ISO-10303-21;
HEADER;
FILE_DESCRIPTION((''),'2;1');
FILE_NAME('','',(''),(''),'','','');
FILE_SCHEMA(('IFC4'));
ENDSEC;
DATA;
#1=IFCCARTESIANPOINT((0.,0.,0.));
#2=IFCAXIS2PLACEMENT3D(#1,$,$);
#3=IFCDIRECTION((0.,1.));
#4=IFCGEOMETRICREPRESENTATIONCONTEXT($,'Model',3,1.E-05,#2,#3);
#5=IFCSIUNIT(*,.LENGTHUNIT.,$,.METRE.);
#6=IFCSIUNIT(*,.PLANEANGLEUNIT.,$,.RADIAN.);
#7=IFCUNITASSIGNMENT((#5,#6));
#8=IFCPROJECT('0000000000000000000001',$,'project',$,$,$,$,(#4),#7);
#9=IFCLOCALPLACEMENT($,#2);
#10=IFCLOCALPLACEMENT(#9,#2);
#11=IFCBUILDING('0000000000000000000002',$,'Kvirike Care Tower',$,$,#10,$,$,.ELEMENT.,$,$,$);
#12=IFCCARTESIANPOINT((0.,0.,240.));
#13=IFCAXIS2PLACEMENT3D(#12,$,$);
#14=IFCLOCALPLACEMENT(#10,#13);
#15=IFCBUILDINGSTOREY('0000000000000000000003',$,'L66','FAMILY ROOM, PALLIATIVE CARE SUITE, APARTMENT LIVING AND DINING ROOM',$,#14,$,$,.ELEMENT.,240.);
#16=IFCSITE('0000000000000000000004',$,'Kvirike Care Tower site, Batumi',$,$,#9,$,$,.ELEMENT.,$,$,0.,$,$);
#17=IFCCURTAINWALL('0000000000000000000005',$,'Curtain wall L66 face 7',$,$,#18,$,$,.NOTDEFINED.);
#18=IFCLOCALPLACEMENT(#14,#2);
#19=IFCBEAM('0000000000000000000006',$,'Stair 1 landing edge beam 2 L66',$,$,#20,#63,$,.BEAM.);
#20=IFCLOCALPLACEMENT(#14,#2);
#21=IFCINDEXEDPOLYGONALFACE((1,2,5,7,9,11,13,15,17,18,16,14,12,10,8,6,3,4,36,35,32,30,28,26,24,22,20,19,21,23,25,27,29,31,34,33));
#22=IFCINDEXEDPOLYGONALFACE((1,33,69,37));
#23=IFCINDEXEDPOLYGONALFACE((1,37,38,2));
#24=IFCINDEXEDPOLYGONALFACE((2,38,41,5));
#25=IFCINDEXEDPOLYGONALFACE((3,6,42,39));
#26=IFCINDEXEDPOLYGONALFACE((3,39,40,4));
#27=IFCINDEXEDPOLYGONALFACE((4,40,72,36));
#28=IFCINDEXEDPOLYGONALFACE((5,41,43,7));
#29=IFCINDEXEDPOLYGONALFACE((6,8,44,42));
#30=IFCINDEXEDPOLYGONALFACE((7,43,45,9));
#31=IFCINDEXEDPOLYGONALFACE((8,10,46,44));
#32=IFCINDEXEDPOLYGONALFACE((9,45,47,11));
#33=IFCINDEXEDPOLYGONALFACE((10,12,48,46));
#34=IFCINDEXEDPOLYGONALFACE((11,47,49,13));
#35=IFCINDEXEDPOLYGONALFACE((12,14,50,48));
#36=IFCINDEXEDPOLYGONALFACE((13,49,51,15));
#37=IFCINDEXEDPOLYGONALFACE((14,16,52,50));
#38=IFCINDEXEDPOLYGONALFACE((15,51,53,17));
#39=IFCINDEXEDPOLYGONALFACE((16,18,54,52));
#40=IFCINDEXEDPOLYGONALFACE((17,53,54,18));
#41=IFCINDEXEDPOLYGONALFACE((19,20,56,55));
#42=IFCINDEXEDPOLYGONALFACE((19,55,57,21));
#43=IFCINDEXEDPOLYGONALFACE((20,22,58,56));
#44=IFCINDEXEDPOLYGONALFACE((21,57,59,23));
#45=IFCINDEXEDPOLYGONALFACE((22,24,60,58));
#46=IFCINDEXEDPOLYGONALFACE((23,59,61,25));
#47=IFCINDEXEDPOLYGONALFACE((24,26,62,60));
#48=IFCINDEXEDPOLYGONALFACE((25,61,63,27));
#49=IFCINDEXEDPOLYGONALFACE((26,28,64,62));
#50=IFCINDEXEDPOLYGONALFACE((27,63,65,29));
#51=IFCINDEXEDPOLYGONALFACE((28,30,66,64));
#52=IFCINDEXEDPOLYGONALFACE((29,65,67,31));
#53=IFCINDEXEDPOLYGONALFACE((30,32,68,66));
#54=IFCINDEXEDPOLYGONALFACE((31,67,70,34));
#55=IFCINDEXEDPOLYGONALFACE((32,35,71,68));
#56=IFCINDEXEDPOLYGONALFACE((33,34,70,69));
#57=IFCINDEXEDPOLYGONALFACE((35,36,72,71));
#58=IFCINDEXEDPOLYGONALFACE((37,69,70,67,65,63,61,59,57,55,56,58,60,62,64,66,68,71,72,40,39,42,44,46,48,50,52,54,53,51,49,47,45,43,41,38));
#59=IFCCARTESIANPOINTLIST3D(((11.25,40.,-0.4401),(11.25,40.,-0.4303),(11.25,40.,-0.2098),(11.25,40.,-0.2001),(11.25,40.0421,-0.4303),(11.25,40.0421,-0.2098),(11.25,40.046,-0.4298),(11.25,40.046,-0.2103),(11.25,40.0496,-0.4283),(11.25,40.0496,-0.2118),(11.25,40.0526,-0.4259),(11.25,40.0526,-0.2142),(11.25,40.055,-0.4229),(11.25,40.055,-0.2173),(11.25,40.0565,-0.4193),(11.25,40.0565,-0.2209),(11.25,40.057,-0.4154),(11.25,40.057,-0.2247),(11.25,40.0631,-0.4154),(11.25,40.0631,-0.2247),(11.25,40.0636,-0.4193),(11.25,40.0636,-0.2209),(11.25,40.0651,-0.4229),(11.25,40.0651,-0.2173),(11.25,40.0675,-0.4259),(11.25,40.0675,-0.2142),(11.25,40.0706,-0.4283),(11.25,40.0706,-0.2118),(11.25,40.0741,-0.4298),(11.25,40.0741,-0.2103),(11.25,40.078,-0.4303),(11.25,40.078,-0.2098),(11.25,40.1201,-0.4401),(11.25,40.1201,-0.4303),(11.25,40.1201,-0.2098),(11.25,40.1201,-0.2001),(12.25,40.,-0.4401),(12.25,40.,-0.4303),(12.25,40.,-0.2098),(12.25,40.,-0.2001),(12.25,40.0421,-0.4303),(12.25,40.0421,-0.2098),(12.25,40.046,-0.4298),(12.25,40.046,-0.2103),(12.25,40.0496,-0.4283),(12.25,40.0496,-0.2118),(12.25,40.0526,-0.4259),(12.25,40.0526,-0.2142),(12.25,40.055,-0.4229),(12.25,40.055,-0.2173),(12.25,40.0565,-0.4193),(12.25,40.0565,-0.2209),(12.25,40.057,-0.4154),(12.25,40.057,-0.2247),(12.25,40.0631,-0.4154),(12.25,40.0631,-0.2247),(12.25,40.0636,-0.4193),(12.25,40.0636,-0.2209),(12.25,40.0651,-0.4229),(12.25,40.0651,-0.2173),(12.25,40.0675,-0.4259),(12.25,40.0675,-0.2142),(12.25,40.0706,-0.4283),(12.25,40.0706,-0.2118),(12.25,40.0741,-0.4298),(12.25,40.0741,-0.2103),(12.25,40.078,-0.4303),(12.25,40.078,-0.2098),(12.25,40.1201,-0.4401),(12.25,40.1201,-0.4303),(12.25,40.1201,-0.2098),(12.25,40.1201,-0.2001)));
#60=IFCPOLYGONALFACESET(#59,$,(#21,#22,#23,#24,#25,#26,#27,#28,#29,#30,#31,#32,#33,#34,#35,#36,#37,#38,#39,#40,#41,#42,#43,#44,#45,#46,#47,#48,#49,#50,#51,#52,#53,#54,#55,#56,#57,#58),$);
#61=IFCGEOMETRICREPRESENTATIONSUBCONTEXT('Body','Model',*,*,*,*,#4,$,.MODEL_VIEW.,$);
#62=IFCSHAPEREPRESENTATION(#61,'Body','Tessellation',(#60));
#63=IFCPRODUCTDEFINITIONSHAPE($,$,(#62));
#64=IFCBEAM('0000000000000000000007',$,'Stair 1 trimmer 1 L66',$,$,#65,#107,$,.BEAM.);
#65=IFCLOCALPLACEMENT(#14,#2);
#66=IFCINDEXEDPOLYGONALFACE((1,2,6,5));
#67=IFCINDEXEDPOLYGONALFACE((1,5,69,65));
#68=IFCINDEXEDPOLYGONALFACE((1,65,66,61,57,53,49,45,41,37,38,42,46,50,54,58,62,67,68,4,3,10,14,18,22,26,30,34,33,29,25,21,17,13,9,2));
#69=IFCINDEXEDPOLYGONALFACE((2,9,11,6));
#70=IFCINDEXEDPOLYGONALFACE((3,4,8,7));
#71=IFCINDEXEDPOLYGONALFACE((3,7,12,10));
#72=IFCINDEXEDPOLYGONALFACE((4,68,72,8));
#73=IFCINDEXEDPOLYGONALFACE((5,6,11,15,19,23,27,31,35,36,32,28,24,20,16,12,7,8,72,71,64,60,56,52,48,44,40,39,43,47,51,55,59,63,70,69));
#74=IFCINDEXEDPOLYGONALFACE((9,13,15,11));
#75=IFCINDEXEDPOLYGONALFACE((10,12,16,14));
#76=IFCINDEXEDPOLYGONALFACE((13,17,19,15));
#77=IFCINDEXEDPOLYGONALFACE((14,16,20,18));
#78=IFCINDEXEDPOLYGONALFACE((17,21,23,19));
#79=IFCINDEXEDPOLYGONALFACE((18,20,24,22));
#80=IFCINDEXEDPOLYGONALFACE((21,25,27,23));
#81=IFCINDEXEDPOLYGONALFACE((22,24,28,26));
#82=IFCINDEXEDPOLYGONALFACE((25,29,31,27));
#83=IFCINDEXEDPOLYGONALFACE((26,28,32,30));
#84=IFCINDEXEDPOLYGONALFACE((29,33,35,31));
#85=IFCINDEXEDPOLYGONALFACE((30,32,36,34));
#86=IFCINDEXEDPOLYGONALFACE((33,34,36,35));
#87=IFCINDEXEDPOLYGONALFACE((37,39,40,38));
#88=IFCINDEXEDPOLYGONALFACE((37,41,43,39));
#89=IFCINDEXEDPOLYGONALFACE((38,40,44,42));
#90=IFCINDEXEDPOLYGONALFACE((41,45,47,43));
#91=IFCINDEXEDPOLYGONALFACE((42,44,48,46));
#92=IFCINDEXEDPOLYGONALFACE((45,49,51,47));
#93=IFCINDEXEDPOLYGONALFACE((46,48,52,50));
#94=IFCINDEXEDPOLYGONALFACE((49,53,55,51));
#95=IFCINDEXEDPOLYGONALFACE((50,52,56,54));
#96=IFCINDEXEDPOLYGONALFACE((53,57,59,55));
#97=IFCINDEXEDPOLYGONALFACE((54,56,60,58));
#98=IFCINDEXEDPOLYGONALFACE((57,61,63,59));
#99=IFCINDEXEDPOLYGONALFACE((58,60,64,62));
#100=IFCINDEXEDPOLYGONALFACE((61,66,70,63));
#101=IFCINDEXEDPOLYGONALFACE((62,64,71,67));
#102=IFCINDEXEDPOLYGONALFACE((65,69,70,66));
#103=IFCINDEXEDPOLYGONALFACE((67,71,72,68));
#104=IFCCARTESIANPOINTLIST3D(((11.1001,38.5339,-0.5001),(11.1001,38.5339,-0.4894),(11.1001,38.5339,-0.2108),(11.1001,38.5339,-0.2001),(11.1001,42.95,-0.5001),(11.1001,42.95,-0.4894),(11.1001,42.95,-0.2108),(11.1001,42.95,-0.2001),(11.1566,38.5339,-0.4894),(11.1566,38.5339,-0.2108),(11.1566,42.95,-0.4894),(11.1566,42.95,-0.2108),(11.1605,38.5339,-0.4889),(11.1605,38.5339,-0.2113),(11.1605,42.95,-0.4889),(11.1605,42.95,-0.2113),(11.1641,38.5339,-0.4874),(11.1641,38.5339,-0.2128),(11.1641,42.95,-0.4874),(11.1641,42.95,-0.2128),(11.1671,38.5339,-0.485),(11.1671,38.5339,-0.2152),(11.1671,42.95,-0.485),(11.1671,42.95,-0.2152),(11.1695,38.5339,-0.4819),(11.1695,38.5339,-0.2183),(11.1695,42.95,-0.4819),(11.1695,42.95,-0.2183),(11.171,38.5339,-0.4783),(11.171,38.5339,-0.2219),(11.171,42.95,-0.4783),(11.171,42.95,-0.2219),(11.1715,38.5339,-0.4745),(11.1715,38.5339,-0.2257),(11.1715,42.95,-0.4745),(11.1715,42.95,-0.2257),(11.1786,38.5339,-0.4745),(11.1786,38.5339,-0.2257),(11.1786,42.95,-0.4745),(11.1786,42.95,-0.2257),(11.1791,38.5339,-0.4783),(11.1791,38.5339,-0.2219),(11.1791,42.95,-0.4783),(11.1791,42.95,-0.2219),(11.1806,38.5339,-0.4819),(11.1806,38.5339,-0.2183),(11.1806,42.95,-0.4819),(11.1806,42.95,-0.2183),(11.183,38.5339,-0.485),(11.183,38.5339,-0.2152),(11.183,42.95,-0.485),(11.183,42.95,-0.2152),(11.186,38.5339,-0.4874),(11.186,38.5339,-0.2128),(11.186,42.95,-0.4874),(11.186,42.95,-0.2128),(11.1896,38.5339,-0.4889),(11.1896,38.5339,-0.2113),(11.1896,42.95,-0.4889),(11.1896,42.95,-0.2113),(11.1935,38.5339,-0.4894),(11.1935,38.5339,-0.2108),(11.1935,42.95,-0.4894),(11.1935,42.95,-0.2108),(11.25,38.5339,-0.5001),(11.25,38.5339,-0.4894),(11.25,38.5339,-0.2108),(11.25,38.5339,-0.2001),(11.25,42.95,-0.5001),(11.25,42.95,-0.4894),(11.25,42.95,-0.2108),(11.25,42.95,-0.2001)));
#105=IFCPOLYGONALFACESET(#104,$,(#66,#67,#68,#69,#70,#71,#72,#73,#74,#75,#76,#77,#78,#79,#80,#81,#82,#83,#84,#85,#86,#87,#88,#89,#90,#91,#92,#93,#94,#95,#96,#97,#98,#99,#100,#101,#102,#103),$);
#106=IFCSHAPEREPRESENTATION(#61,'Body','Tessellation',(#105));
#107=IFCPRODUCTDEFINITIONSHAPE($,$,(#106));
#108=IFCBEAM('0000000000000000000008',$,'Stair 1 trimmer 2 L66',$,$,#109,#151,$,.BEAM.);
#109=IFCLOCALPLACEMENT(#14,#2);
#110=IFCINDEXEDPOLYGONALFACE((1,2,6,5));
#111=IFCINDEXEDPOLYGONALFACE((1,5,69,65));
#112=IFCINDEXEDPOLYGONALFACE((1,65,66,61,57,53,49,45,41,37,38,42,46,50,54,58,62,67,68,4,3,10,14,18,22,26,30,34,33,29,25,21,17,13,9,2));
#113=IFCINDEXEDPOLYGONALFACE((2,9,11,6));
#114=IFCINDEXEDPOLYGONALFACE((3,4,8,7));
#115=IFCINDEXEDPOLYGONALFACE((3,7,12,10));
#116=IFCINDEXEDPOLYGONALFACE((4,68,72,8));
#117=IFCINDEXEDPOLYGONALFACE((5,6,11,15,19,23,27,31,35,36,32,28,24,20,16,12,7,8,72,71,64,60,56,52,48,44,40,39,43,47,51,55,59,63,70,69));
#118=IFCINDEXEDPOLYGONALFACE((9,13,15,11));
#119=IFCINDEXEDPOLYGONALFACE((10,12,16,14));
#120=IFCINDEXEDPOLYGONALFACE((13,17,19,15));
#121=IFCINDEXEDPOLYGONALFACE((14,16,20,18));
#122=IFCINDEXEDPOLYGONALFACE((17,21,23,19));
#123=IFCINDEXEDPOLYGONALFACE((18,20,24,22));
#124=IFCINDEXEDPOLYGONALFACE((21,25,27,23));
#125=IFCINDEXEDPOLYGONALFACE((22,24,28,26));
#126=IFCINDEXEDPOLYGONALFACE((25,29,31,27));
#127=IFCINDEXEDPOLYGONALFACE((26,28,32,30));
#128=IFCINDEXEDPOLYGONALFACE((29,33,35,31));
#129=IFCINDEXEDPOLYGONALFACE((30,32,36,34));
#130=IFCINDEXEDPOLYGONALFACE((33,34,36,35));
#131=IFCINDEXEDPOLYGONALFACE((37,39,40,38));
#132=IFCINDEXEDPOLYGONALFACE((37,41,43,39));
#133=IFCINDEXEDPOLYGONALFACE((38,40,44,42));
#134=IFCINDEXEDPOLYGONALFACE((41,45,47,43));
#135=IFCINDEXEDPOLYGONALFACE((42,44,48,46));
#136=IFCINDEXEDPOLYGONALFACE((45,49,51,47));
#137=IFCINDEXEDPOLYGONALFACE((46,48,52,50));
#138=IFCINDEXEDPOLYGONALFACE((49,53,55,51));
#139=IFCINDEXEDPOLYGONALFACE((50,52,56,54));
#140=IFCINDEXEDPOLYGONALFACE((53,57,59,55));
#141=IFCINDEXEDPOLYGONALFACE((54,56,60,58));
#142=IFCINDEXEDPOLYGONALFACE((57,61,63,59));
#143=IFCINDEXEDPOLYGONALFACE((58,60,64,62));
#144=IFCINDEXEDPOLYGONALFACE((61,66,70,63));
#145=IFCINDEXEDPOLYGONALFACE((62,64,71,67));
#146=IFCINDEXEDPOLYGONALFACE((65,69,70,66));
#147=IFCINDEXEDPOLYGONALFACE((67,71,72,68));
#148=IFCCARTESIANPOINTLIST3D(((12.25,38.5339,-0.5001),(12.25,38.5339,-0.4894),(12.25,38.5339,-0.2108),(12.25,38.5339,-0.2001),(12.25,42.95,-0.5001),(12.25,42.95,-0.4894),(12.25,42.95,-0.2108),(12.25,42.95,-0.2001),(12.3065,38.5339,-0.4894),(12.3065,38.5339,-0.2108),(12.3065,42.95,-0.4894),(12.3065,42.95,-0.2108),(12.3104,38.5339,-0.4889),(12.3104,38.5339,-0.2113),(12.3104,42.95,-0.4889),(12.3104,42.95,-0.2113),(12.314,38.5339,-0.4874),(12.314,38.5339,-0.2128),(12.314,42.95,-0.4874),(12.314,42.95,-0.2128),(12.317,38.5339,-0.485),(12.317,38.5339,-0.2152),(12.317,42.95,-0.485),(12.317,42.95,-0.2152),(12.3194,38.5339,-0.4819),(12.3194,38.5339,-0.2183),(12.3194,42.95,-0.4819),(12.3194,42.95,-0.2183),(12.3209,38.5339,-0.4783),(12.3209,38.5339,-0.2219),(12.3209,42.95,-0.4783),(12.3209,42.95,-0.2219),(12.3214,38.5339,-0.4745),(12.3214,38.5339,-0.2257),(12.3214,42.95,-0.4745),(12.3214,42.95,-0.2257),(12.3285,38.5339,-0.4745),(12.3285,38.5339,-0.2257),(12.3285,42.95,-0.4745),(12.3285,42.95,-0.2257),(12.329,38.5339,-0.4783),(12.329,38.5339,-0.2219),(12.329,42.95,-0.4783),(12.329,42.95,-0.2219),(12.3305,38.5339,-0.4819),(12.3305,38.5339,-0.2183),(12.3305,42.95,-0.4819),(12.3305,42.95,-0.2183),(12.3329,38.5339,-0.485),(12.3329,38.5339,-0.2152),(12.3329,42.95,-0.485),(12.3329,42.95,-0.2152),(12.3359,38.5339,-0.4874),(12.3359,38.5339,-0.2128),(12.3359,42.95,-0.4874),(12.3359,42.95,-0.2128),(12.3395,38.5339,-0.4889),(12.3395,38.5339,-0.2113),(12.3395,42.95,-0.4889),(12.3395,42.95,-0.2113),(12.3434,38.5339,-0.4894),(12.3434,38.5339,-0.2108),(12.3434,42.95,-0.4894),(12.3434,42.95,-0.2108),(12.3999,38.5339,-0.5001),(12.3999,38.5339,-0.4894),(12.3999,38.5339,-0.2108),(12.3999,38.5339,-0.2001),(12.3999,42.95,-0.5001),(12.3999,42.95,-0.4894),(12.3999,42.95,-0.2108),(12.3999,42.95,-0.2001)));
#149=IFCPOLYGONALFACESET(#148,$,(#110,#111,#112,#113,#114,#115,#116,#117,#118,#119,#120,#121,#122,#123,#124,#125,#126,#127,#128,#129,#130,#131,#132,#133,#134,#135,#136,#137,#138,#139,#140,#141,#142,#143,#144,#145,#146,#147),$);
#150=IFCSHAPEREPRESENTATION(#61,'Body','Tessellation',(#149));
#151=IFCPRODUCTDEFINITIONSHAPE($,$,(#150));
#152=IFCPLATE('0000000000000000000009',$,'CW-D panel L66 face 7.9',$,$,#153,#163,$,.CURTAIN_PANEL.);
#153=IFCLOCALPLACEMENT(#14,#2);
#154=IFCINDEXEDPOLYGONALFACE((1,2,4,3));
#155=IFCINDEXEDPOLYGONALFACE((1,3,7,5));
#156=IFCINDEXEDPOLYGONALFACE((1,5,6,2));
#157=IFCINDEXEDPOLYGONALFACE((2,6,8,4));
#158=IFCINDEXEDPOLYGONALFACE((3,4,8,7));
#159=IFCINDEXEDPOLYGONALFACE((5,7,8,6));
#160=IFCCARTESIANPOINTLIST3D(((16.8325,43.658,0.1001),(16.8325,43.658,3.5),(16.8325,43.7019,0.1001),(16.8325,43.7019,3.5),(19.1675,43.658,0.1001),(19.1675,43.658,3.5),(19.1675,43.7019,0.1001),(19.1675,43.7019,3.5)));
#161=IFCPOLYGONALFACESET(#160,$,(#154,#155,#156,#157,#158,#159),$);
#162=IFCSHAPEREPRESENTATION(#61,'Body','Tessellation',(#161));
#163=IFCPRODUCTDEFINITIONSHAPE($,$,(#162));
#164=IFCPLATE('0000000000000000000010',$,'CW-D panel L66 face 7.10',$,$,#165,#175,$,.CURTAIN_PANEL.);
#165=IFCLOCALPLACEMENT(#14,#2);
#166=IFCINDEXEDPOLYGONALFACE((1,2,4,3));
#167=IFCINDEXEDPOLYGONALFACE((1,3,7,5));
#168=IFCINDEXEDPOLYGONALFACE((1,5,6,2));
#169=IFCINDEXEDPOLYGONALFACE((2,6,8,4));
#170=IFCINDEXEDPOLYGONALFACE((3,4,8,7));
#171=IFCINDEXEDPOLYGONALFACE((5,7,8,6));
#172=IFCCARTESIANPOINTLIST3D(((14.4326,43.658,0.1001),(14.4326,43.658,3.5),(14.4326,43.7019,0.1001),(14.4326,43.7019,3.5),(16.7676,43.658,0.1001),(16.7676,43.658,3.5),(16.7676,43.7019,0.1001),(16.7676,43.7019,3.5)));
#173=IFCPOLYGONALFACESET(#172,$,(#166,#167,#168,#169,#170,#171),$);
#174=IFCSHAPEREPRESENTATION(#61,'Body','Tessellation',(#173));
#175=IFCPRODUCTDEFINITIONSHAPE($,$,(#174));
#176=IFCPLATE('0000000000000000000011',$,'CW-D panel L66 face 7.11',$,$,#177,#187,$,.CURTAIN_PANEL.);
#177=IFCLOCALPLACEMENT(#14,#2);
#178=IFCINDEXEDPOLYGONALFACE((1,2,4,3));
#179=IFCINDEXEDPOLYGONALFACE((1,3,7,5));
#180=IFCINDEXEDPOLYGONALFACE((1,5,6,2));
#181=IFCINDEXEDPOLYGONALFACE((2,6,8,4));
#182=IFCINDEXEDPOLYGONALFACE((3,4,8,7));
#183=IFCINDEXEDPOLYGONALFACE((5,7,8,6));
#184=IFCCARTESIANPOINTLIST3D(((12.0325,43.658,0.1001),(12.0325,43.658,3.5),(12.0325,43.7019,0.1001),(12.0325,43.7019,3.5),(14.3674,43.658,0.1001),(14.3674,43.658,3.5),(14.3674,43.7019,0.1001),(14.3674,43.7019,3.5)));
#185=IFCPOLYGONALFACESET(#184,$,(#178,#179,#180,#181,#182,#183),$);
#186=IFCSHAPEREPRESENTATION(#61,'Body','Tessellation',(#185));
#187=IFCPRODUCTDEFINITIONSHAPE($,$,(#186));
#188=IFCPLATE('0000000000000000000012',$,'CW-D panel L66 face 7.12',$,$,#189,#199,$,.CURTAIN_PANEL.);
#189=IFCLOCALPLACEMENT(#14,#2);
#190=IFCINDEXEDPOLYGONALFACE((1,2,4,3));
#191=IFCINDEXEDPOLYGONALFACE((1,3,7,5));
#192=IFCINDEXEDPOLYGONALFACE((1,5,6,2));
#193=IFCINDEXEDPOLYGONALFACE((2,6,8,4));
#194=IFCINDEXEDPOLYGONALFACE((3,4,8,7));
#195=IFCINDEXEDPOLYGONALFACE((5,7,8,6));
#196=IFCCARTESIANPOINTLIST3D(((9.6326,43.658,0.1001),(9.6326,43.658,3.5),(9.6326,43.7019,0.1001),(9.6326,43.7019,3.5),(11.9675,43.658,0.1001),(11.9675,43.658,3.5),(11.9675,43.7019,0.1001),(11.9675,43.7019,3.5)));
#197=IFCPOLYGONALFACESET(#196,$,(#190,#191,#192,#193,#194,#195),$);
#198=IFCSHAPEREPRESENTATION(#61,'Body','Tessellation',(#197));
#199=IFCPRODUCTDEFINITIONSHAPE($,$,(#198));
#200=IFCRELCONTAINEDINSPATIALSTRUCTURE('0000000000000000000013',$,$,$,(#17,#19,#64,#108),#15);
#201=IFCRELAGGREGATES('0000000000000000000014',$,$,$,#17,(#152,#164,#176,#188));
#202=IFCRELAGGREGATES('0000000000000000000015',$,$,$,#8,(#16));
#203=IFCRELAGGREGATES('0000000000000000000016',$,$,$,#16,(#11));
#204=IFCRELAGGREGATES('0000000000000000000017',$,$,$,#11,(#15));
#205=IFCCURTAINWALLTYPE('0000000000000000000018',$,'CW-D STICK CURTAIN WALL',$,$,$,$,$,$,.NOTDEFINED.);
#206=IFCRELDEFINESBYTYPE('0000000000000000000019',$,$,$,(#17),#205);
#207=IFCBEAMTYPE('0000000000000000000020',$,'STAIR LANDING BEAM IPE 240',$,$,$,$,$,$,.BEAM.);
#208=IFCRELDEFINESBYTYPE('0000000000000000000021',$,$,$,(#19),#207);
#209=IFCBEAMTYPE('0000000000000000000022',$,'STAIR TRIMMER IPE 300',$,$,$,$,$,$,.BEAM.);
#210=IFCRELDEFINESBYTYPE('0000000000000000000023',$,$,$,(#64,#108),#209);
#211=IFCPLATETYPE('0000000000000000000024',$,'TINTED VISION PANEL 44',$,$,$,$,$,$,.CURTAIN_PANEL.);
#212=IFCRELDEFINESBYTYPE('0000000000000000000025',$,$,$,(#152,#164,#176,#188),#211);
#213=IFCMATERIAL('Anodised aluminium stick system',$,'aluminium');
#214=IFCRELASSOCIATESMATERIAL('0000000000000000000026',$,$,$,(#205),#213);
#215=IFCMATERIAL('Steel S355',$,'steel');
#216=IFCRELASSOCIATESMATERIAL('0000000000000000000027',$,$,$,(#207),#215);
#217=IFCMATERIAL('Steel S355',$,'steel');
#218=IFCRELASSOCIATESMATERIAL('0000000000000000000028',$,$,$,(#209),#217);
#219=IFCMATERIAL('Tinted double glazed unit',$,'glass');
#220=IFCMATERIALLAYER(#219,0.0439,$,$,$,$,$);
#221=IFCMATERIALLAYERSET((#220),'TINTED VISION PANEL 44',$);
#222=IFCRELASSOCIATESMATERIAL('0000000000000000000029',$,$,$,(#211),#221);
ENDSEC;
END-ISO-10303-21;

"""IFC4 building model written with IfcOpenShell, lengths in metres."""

from ifc_helpers import new_model, si_unit, direction, frame, origin, origin_2d, place, context, subcontext, project, spatial, rectangle, i_section, extrude, material, layer, layer_set, material_profile, profile_set, type_object, element, aggregate, save


model = new_model("IFC4")

# Units and contexts
model_context = context("Model", 3, precision=1e-05, world=origin(), true_north=direction((0.0, 1.0)))
body_context = subcontext(model_context, "Body", "Model", "MODEL_VIEW")
ifc_project = project(units=[si_unit("LENGTHUNIT", "METRE"), si_unit("PLANEANGLEUNIT", "RADIAN")], contexts=[model_context])

# Site, building, storey
site_placement = place(None, origin())
site = spatial("IfcSite", under=ifc_project, at=site_placement, Name="Kvirike Care Tower site, Batumi", CompositionType="ELEMENT", RefElevation=0.0)
building_placement = place(site_placement, origin())
building = spatial("IfcBuilding", under=site, at=building_placement, Name="Kvirike Care Tower", CompositionType="ELEMENT")
storey_placement = place(building_placement, frame((0.0, 0.0, 240.0)))
storey = spatial("IfcBuildingStorey", under=building, at=storey_placement, Name="L66", Description="FAMILY ROOM, PALLIATIVE CARE SUITE, APARTMENT LIVING AND DINING ROOM", CompositionType="ELEMENT", Elevation=240.0)

# Curtain wall
ifc_material_1 = material(Name="Anodised aluminium stick system", Category="aluminium")
curtain_wall_type = type_object("IfcCurtainWallType", Name="CW-D STICK CURTAIN WALL", PredefinedType="NOTDEFINED", material=ifc_material_1)
curtain_wall_placement = place(storey_placement, origin())
curtain_wall = element("IfcCurtainWall", 1, at=curtain_wall_placement, inside=storey, type_object=curtain_wall_type, Name="Curtain wall L66 face 7", PredefinedType="NOTDEFINED")

# Beams
ifc_material_2 = material(Name="Steel S355", Category="steel")
ifc_material_profile_1 = material_profile(ifc_material_2, i_section(OverallWidth=0.1201, OverallDepth=0.24, WebThickness=0.0061, FlangeThickness=0.0098, FilletRadius=0.0149, at=origin_2d()), Name="IPE 240")
ifc_profile_set_1 = profile_set([ifc_material_profile_1], Name="Steel S355")
beam_type_1 = type_object("IfcBeamType", Name="STAIR LANDING BEAM IPE 240", PredefinedType="BEAM", material=ifc_profile_set_1)
for number, where, z_axis, x_axis, name in (
    (2, (11.25, 40.0601, -0.3201), (1.0, 0.0, 0.0), (0.0, 1.0, 0.0), "Stair 1 landing edge beam 2 L66"),
):
    element("IfcBeam", number, at=place(storey_placement, frame(where, z_axis=z_axis, x_axis=x_axis)), inside=storey, type_object=beam_type_1, Name=name, PredefinedType="BEAM", context=body_context, shape_type="SweptSolid", body=[
        extrude(i_section(OverallWidth=0.1201, OverallDepth=0.24, WebThickness=0.0061, FlangeThickness=0.0098, FilletRadius=0.0149, at=origin_2d()), origin(), (0.0, 0.0, 1.0), 1.0),
    ])
ifc_material_3 = material(Name="Steel S355", Category="steel")
ifc_material_profile_2 = material_profile(ifc_material_3, i_section(OverallWidth=0.1499, OverallDepth=0.3, WebThickness=0.0071, FlangeThickness=0.0107, FilletRadius=0.0149, at=origin_2d()), Name="IPE 300")
ifc_profile_set_2 = profile_set([ifc_material_profile_2], Name="Steel S355")
beam_type_2 = type_object("IfcBeamType", Name="STAIR TRIMMER IPE 300", PredefinedType="BEAM", material=ifc_profile_set_2)
for number, where, z_axis, x_axis, name in (
    (3, (11.175, 42.95, -0.3501), (0.0, -1.0, 0.0), (1.0, 0.0, 0.0), "Stair 1 trimmer 1 L66"),
    (4, (12.325, 42.95, -0.3501), (0.0, -1.0, 0.0), (1.0, 0.0, 0.0), "Stair 1 trimmer 2 L66"),
):
    element("IfcBeam", number, at=place(storey_placement, frame(where, z_axis=z_axis, x_axis=x_axis)), inside=storey, type_object=beam_type_2, Name=name, PredefinedType="BEAM", context=body_context, shape_type="SweptSolid", body=[
        extrude(i_section(OverallWidth=0.1499, OverallDepth=0.3, WebThickness=0.0071, FlangeThickness=0.0107, FilletRadius=0.0149, at=origin_2d()), origin(), (0.0, 0.0, 1.0), 4.416),
    ])

# Plates
ifc_material_4 = material(Name="Tinted double glazed unit", Category="glass")
ifc_layer_1 = layer(ifc_material_4, 0.0439)
ifc_layer_set_1 = layer_set([ifc_layer_1], Name="TINTED VISION PANEL 44")
plate_type = type_object("IfcPlateType", Name="TINTED VISION PANEL 44", PredefinedType="CURTAIN_PANEL", material=ifc_layer_set_1)
plate_1_placement = place(storey_placement, frame((18.0, 43.6799, 0.1001), z_axis=(0.0, 0.0, 1.0), x_axis=(-1.0, 0.0, 0.0)))
plate_1 = element("IfcPlate", 5, at=plate_1_placement, type_object=plate_type, Name="CW-D panel L66 face 7.9", PredefinedType="CURTAIN_PANEL", context=body_context, shape_type="SweptSolid", body=[
    extrude(rectangle(XDim=2.335, YDim=0.0439, at=origin_2d()), origin(), (0.0, 0.0, 1.0), 3.3999),
])
plate_2_placement = place(storey_placement, frame((15.6001, 43.6799, 0.1001), z_axis=(0.0, 0.0, 1.0), x_axis=(-1.0, 0.0, 0.0)))
plate_2 = element("IfcPlate", 6, at=plate_2_placement, type_object=plate_type, Name="CW-D panel L66 face 7.10", PredefinedType="CURTAIN_PANEL", context=body_context, shape_type="SweptSolid", body=[
    extrude(rectangle(XDim=2.335, YDim=0.0439, at=origin_2d()), origin(), (0.0, 0.0, 1.0), 3.3999),
])
plate_3_placement = place(storey_placement, frame((13.2, 43.6799, 0.1001), z_axis=(0.0, 0.0, 1.0), x_axis=(-1.0, 0.0, 0.0)))
plate_3 = element("IfcPlate", 7, at=plate_3_placement, type_object=plate_type, Name="CW-D panel L66 face 7.11", PredefinedType="CURTAIN_PANEL", context=body_context, shape_type="SweptSolid", body=[
    extrude(rectangle(XDim=2.335, YDim=0.0439, at=origin_2d()), origin(), (0.0, 0.0, 1.0), 3.3999),
])
plate_4_placement = place(storey_placement, frame((10.8, 43.6799, 0.1001), z_axis=(0.0, 0.0, 1.0), x_axis=(-1.0, 0.0, 0.0)))
plate_4 = element("IfcPlate", 8, at=plate_4_placement, type_object=plate_type, Name="CW-D panel L66 face 7.12", PredefinedType="CURTAIN_PANEL", context=body_context, shape_type="SweptSolid", body=[
    extrude(rectangle(XDim=2.335, YDim=0.0439, at=origin_2d()), origin(), (0.0, 0.0, 1.0), 3.3999),
])
aggregate(curtain_wall, [plate_1, plate_2, plate_3, plate_4])

save(model, "model.ifc")
